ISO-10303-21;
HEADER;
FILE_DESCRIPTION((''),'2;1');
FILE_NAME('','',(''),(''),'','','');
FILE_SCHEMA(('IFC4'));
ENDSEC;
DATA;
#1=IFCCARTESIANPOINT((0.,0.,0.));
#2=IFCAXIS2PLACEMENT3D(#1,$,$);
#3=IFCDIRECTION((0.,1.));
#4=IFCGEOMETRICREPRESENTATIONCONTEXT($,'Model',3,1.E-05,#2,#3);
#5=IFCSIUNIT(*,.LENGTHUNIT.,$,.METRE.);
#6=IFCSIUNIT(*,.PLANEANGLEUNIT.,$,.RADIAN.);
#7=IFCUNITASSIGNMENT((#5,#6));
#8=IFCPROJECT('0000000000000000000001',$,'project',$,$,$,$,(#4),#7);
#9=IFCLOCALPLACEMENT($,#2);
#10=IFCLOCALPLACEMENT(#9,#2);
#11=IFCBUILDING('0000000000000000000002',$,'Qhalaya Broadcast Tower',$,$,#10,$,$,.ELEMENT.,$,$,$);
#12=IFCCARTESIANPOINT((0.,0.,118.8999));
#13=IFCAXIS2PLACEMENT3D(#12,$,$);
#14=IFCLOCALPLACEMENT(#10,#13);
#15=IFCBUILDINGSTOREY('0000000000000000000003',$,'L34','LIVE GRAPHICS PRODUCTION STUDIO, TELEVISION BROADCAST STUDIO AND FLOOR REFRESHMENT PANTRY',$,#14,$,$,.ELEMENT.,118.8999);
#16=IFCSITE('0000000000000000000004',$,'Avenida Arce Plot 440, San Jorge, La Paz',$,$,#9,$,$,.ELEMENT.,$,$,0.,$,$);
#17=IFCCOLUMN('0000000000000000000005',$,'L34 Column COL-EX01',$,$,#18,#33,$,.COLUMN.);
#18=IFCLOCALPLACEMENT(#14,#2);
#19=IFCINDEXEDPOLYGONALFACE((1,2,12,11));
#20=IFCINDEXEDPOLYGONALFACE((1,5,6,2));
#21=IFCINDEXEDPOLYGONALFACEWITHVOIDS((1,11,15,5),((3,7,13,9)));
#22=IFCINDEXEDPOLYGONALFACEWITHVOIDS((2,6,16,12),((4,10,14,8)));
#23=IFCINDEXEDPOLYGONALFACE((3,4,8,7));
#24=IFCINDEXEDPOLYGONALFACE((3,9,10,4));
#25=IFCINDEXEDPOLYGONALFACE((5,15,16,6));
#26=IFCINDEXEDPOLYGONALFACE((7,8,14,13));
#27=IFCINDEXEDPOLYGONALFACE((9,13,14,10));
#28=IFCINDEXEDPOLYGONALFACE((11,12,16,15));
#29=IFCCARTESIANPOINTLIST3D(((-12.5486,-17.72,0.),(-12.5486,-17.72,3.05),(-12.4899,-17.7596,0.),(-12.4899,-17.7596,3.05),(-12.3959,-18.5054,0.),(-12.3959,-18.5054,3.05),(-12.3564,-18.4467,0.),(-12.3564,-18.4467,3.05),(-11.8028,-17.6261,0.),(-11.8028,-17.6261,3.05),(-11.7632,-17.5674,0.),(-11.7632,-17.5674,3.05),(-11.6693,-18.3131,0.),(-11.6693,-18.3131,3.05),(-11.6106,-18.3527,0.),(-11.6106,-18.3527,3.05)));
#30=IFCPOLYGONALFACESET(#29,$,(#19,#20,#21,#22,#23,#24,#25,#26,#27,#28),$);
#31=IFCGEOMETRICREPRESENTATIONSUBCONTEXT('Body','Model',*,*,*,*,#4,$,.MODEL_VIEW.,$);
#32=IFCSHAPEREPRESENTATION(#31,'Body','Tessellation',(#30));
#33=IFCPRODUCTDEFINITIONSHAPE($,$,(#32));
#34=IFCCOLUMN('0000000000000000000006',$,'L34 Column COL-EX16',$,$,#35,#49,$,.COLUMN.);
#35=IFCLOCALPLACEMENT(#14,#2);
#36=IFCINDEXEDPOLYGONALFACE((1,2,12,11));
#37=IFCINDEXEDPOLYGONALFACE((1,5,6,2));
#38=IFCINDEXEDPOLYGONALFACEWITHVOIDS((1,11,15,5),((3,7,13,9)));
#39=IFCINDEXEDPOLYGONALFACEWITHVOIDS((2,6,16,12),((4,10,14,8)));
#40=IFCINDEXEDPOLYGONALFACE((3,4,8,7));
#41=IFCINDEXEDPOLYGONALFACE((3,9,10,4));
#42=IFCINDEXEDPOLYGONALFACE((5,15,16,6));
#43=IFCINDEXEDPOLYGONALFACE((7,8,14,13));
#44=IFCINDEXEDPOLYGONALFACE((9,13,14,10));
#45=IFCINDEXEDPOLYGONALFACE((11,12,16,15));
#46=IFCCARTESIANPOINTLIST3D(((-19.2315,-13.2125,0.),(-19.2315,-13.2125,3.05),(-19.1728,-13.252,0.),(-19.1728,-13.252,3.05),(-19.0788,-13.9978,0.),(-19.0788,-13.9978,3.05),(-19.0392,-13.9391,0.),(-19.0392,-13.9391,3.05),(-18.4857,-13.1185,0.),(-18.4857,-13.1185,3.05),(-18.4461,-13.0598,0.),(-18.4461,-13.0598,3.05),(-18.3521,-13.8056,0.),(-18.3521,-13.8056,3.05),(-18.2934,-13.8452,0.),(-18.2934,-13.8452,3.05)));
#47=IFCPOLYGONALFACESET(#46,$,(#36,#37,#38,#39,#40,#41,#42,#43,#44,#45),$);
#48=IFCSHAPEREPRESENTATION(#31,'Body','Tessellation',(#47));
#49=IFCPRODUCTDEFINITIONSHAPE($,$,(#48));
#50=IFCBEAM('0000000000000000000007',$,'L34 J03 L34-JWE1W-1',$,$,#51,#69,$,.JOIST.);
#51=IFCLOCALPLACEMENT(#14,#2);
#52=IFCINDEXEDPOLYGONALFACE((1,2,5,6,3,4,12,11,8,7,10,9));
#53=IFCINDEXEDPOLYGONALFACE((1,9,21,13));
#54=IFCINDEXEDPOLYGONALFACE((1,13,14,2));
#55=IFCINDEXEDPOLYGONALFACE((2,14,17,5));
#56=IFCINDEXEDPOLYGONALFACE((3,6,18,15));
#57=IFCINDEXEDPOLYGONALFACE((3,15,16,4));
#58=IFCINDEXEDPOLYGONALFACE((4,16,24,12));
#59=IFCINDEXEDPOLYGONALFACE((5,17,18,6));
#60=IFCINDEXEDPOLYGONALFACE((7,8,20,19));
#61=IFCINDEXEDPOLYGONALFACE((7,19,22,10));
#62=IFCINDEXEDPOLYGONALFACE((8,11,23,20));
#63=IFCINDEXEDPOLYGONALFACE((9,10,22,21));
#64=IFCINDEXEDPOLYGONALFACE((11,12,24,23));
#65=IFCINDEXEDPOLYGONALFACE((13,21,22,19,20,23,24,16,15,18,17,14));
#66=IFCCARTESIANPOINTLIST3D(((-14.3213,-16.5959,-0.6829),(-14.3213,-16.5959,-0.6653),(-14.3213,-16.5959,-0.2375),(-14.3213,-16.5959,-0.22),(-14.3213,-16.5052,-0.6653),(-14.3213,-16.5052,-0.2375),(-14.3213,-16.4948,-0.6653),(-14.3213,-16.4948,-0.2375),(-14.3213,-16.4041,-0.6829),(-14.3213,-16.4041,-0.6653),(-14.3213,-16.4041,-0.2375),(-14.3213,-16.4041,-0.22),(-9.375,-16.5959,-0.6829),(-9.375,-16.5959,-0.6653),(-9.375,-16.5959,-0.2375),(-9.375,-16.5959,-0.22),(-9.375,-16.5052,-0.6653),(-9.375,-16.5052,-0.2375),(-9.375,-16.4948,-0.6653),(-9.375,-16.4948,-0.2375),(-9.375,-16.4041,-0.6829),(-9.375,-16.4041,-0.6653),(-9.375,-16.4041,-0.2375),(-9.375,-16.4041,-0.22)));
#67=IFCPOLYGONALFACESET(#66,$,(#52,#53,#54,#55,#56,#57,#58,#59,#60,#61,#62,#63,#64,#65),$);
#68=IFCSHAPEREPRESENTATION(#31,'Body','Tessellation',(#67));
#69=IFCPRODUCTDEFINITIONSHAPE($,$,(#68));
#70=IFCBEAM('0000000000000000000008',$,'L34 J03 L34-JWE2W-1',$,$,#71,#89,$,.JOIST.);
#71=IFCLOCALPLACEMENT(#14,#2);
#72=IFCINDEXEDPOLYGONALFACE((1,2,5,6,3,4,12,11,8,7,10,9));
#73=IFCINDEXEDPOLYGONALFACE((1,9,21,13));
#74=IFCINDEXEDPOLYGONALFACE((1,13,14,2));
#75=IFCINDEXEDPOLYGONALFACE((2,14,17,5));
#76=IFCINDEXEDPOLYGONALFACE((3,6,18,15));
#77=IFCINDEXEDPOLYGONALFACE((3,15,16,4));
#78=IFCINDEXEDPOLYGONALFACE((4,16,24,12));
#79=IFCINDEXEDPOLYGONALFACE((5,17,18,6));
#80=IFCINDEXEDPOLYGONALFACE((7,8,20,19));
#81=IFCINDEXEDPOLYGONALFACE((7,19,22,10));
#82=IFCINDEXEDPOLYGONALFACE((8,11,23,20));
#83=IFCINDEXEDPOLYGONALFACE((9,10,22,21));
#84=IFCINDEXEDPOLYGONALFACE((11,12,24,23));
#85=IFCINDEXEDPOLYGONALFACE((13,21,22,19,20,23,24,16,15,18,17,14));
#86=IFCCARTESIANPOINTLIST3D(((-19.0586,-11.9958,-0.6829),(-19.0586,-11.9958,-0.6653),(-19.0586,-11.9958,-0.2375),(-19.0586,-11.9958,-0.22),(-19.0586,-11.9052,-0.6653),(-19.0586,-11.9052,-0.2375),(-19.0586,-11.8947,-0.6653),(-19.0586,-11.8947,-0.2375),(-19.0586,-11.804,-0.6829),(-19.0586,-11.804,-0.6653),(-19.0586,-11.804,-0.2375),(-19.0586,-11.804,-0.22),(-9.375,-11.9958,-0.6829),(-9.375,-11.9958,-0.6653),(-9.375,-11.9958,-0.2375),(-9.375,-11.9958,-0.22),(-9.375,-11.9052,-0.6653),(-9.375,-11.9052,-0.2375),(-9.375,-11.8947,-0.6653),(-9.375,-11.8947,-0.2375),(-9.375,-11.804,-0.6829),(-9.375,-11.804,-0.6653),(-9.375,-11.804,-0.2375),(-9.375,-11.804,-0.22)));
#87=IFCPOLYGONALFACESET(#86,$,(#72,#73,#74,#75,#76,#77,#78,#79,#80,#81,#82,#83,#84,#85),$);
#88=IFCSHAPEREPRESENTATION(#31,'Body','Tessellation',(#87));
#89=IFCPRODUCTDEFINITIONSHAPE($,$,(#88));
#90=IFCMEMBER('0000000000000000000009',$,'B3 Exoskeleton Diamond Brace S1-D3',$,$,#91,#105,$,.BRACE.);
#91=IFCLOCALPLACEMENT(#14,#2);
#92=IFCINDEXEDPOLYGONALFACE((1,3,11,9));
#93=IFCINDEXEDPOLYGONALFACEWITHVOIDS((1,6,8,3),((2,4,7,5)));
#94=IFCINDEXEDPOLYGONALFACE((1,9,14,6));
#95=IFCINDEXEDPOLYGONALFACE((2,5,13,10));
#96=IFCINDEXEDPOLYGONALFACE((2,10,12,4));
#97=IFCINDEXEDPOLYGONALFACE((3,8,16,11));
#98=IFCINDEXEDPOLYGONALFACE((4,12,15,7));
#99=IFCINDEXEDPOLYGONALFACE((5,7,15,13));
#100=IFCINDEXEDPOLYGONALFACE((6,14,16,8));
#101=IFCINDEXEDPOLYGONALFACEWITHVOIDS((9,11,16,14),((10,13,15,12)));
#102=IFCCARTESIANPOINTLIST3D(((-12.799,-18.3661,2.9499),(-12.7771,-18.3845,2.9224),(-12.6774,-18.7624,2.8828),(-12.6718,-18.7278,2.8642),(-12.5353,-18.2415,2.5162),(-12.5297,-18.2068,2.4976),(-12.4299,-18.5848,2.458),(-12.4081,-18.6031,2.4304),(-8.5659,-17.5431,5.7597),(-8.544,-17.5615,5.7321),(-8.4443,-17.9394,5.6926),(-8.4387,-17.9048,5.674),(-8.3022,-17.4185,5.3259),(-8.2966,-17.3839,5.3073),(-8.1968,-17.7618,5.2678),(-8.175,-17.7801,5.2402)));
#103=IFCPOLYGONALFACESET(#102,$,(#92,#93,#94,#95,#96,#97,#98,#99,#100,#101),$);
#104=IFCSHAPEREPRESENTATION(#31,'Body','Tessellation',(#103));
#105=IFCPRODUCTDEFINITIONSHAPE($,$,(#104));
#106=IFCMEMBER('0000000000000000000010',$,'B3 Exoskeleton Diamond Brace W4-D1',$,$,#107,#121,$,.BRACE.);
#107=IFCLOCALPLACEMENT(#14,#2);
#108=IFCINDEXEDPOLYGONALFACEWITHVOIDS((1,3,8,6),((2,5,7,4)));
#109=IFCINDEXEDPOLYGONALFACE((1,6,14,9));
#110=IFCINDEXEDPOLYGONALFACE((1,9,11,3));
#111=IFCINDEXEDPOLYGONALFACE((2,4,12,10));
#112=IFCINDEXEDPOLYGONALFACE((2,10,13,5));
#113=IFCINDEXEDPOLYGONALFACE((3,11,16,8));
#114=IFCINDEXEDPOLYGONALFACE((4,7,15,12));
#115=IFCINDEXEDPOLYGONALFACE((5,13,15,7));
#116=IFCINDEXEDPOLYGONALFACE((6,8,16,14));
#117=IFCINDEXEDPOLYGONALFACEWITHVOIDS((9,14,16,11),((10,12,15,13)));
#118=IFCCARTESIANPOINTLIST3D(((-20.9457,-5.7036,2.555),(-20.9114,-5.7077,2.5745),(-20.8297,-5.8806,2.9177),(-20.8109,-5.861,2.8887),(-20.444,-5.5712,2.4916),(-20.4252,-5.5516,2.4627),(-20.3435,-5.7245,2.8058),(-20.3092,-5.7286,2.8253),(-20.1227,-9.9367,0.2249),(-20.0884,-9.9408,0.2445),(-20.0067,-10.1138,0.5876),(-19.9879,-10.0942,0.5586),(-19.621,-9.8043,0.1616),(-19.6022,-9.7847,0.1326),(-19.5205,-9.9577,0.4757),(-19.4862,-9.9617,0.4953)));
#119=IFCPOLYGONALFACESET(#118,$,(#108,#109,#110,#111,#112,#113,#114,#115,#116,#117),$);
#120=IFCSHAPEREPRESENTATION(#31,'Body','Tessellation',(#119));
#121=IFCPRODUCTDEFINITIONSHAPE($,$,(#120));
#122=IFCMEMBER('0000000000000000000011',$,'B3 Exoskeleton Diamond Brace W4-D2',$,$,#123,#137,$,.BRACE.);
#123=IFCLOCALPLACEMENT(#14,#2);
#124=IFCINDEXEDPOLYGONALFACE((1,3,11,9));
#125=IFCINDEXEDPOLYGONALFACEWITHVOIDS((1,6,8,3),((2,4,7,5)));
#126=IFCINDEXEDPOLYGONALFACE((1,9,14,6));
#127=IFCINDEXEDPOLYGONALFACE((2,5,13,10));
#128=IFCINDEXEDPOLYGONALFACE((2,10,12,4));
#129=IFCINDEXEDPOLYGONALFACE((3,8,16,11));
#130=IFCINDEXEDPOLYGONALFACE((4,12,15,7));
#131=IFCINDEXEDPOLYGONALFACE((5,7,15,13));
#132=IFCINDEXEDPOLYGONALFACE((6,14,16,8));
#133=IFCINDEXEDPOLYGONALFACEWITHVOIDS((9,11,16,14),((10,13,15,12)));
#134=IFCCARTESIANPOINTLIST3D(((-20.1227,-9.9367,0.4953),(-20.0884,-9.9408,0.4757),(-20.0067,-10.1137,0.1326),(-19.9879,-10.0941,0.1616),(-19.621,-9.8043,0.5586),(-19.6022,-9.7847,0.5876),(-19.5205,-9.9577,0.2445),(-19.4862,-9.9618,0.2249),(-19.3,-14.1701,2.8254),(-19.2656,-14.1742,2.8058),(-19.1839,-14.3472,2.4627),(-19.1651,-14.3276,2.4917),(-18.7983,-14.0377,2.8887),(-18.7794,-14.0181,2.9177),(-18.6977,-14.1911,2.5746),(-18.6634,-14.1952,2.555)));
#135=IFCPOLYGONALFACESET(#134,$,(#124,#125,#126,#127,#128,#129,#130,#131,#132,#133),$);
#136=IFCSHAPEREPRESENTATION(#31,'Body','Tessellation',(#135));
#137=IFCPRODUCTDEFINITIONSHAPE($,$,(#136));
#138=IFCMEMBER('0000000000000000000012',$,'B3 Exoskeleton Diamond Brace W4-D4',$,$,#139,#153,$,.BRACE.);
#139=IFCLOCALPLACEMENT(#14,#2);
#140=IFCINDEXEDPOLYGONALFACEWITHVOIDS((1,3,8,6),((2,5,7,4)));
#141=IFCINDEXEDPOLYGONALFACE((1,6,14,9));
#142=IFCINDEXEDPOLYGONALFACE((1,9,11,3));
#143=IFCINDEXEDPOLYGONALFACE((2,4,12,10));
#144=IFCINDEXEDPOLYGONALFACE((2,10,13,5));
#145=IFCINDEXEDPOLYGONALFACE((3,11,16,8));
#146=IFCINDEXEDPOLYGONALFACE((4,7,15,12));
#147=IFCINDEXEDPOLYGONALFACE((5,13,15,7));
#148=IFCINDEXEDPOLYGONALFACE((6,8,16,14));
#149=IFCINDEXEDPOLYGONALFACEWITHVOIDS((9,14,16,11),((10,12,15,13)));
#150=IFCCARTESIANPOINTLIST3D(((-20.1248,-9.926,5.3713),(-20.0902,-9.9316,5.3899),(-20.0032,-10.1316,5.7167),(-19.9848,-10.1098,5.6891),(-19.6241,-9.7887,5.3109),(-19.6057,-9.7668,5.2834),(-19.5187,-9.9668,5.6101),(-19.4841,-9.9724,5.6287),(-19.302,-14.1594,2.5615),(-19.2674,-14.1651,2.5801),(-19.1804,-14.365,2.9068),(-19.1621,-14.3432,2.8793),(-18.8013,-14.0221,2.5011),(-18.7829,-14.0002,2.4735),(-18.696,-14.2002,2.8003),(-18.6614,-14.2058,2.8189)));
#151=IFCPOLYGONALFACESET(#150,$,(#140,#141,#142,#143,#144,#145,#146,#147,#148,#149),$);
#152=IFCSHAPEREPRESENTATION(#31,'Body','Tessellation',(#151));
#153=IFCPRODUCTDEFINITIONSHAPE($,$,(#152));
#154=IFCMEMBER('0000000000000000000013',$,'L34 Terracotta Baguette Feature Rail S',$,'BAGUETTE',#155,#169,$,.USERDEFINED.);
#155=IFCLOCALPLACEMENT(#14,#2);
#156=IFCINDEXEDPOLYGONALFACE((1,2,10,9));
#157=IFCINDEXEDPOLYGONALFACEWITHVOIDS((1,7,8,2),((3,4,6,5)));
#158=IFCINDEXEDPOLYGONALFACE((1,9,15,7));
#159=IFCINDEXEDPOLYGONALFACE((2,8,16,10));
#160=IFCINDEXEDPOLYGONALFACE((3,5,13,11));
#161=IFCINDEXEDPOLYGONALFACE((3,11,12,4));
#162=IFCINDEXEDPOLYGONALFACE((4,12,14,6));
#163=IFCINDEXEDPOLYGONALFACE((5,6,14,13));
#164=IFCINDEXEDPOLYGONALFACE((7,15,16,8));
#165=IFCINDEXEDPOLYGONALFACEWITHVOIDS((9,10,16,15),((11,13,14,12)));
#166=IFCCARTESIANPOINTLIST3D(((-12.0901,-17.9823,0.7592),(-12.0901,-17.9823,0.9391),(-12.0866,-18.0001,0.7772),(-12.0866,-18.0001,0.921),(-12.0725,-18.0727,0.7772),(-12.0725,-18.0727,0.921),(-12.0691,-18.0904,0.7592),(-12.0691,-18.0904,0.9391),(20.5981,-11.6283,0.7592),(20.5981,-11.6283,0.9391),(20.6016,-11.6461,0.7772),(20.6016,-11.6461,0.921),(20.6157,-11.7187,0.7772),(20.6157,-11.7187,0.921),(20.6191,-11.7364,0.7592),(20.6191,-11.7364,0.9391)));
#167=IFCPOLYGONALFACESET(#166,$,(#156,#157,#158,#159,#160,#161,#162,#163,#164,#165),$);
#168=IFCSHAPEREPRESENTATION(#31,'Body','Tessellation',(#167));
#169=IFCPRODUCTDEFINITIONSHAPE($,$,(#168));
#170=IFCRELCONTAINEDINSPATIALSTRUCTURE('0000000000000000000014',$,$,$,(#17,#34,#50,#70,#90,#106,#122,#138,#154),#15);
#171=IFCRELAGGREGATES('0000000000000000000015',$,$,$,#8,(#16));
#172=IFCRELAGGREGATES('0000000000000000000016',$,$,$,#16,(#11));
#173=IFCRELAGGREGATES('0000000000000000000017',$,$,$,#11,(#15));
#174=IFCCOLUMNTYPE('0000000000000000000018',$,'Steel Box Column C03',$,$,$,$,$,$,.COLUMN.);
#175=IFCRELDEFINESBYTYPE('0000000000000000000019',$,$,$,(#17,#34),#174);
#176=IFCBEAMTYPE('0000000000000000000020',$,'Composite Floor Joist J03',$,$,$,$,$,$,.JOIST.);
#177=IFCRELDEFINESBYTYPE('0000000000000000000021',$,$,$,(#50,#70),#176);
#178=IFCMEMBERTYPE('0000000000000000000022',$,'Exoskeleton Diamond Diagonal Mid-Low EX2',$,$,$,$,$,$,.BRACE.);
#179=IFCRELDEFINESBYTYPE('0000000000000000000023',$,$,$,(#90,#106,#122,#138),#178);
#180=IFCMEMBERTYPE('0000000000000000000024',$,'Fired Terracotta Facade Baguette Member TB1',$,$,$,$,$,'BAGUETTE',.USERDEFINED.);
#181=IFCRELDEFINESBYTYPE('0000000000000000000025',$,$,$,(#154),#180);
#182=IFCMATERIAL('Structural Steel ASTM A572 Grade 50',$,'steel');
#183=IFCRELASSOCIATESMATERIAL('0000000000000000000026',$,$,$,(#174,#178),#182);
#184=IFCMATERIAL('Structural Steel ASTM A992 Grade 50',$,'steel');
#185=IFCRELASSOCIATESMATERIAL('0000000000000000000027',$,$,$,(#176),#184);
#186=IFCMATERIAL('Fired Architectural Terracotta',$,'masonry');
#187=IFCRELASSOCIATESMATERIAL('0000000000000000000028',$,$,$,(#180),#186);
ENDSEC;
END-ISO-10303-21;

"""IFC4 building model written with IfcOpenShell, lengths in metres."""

from ifc_helpers import new_model, si_unit, direction, frame, origin, origin_2d, place, context, subcontext, project, spatial, hollow_rectangle, i_section, extrude, material, material_profile, profile_set, type_object, element, save


model = new_model("IFC4")

# Units and contexts
model_context = context("Model", 3, precision=1e-05, world=origin(), true_north=direction((0.0, 1.0)))
body_context = subcontext(model_context, "Body", "Model", "MODEL_VIEW")
ifc_project = project(units=[si_unit("LENGTHUNIT", "METRE"), si_unit("PLANEANGLEUNIT", "RADIAN")], contexts=[model_context])

# Site, building, storey
site_placement = place(None, origin())
site = spatial("IfcSite", under=ifc_project, at=site_placement, Name="Avenida Arce Plot 440, San Jorge, La Paz", CompositionType="ELEMENT", RefElevation=0.0)
building_placement = place(site_placement, origin())
building = spatial("IfcBuilding", under=site, at=building_placement, Name="Qhalaya Broadcast Tower", CompositionType="ELEMENT")
storey_placement = place(building_placement, frame((0.0, 0.0, 118.8999)))
storey = spatial("IfcBuildingStorey", under=building, at=storey_placement, Name="L34", Description="LIVE GRAPHICS PRODUCTION STUDIO, TELEVISION BROADCAST STUDIO AND FLOOR REFRESHMENT PANTRY", CompositionType="ELEMENT", Elevation=118.8999)

# Columns
ifc_material_1 = material(Name="Structural Steel ASTM A572 Grade 50", Category="steel")
ifc_material_profile_1 = material_profile(ifc_material_1, hollow_rectangle(XDim=0.8, YDim=0.8, WallThickness=0.05, at=origin_2d()), Name="BOX 800x800x50")
ifc_profile_set_1 = profile_set([ifc_material_profile_1], Name="Structural Steel ASTM A572 Grade 50")
column_type = type_object("IfcColumnType", Name="Steel Box Column C03", PredefinedType="COLUMN", material=ifc_profile_set_1)
for number, where, z_axis, x_axis, name in (
    (1, (-12.0796, -18.0364, 0.0), (0.0, 0.0, 1.0), (0.981627, 0.190809, 0.0), "L34 Column COL-EX01"),
    (2, (-18.7625, -13.5288, 0.0), (0.0, 0.0, 1.0), (-0.190809, 0.981627, 0.0), "L34 Column COL-EX16"),
):
    element("IfcColumn", number, at=place(storey_placement, frame(where, z_axis=z_axis, x_axis=x_axis)), inside=storey, type_object=column_type, Name=name, PredefinedType="COLUMN", context=body_context, shape_type="SweptSolid", body=[
        extrude(hollow_rectangle(XDim=0.8, YDim=0.8, WallThickness=0.05, at=origin_2d()), origin(), (0.0, 0.0, 1.0), 3.05),
    ])

# Beams
ifc_material_2 = material(Name="Structural Steel ASTM A992 Grade 50", Category="steel")
ifc_material_profile_2 = material_profile(ifc_material_2, i_section(OverallWidth=0.1919, OverallDepth=0.4629, WebThickness=0.0105, FlangeThickness=0.0176, at=origin_2d()), Name="W18X60")
ifc_profile_set_2 = profile_set([ifc_material_profile_2], Name="Structural Steel ASTM A992 Grade 50")
beam_type_1 = type_object("IfcBeamType", Name="Composite Floor Joist J03", PredefinedType="JOIST", material=ifc_profile_set_2)
beam_1_placement = place(storey_placement, frame((-14.3213, -16.5, -0.4514), z_axis=(1.0, 0.0, 0.0), x_axis=(0.0, 1.0, 0.0)))
element("IfcBeam", 3, at=beam_1_placement, inside=storey, type_object=beam_type_1, Name="L34 J03 L34-JWE1W-1", PredefinedType="JOIST", context=body_context, shape_type="SweptSolid", body=[
    extrude(i_section(OverallWidth=0.1919, OverallDepth=0.4629, WebThickness=0.0105, FlangeThickness=0.0176, at=origin_2d()), origin(), (0.0, 0.0, 1.0), 4.9463),
])
beam_2_placement = place(storey_placement, frame((-19.0586, -11.8999, -0.4514), z_axis=(1.0, 0.0, 0.0), x_axis=(0.0, 1.0, 0.0)))
element("IfcBeam", 4, at=beam_2_placement, inside=storey, type_object=beam_type_1, Name="L34 J03 L34-JWE2W-1", PredefinedType="JOIST", context=body_context, shape_type="SweptSolid", body=[
    extrude(i_section(OverallWidth=0.1919, OverallDepth=0.4629, WebThickness=0.0105, FlangeThickness=0.0176, at=origin_2d()), origin(), (0.0, 0.0, 1.0), 9.6836),
])

# Members
ifc_material_profile_3 = material_profile(ifc_material_1, hollow_rectangle(XDim=0.4199, YDim=0.55, WallThickness=0.0281, at=origin_2d()), Name="BOX 420x550x28")
ifc_profile_set_3 = profile_set([ifc_material_profile_3], Name="Structural Steel ASTM A572 Grade 50")
member_type_1 = type_object("IfcMemberType", Name="Exoskeleton Diamond Diagonal Mid-Low EX2", PredefinedType="BRACE", material=ifc_profile_set_3)
member_1_placement = place(storey_placement, frame((-12.6035, -18.4846, 2.6902), z_axis=(0.822445, 0.159897, 0.545909), x_axis=(-0.289587, 0.943706, 0.159868)))
element("IfcMember", 5, at=member_1_placement, inside=storey, type_object=member_type_1, Name="B3 Exoskeleton Diamond Brace S1-D3", PredefinedType="BRACE", context=body_context, shape_type="SweptSolid", body=[
    extrude(hollow_rectangle(XDim=0.4199, YDim=0.55, WallThickness=0.0281, at=origin_2d()), origin(), (0.0, 0.0, 1.0), 5.147),
])
member_2_placement = place(storey_placement, frame((-19.8044, -9.9492, 0.3601), z_axis=(-0.167902, 0.863618, 0.475366), x_axis=(0.276356, -0.421641, 0.863624)))
element("IfcMember", 6, at=member_2_placement, inside=storey, type_object=member_type_1, Name="B3 Exoskeleton Diamond Brace W4-D1", PredefinedType="BRACE", context=body_context, shape_type="SweptSolid", body=[
    extrude(hollow_rectangle(XDim=0.4199, YDim=0.55, WallThickness=0.0281, at=origin_2d()), origin(), (0.0, 0.0, 1.0), 4.9016),
])
member_3_placement = place(storey_placement, frame((-19.8044, -9.9492, 0.3601), z_axis=(0.167847, -0.863638, 0.475349), x_axis=(-0.276325, 0.421643, 0.863633)))
element("IfcMember", 7, at=member_3_placement, inside=storey, type_object=member_type_1, Name="B3 Exoskeleton Diamond Brace W4-D2", PredefinedType="BRACE", context=body_context, shape_type="SweptSolid", body=[
    extrude(hollow_rectangle(XDim=0.4199, YDim=0.55, WallThickness=0.0281, at=origin_2d()), origin(), (0.0, 0.0, 1.0), 4.9019),
])
member_4_placement = place(storey_placement, frame((-18.9817, -14.1826, 2.6902), z_axis=(-0.159845, 0.822467, 0.545892), x_axis=(0.289536, -0.489618, 0.822462)))
element("IfcMember", 8, at=member_4_placement, inside=storey, type_object=member_type_1, Name="B3 Exoskeleton Diamond Brace W4-D4", PredefinedType="BRACE", context=body_context, shape_type="SweptSolid", body=[
    extrude(hollow_rectangle(XDim=0.4199, YDim=0.55, WallThickness=0.0281, at=origin_2d()), origin(), (0.0, 0.0, 1.0), 5.1472),
])
ifc_material_3 = material(Name="Fired Architectural Terracotta", Category="masonry")
ifc_material_profile_4 = material_profile(ifc_material_3, hollow_rectangle(XDim=0.1101, YDim=0.1799, WallThickness=0.0181, at=origin_2d()), Name="TB-BAG 110x180x18")
ifc_profile_set_4 = profile_set([ifc_material_profile_4], Name="Fired Architectural Terracotta")
member_type_2 = type_object("IfcMemberType", Name="Fired Terracotta Facade Baguette Member TB1", ElementType="BAGUETTE", PredefinedType="USERDEFINED", material=ifc_profile_set_4)
member_5_placement = place(storey_placement, frame((-12.0796, -18.0364, 0.8491), z_axis=(0.981627, 0.190811, 0.0), x_axis=(-0.190811, 0.981627, 0.0)))
element("IfcMember", 9, at=member_5_placement, inside=storey, type_object=member_type_2, Name="L34 Terracotta Baguette Feature Rail S", ObjectType="BAGUETTE", PredefinedType="USERDEFINED", context=body_context, shape_type="SweptSolid", body=[
    extrude(hollow_rectangle(XDim=0.1101, YDim=0.1799, WallThickness=0.0181, at=origin_2d()), origin(), (0.0, 0.0, 1.0), 33.3),
])

save(model, "model.ifc")
